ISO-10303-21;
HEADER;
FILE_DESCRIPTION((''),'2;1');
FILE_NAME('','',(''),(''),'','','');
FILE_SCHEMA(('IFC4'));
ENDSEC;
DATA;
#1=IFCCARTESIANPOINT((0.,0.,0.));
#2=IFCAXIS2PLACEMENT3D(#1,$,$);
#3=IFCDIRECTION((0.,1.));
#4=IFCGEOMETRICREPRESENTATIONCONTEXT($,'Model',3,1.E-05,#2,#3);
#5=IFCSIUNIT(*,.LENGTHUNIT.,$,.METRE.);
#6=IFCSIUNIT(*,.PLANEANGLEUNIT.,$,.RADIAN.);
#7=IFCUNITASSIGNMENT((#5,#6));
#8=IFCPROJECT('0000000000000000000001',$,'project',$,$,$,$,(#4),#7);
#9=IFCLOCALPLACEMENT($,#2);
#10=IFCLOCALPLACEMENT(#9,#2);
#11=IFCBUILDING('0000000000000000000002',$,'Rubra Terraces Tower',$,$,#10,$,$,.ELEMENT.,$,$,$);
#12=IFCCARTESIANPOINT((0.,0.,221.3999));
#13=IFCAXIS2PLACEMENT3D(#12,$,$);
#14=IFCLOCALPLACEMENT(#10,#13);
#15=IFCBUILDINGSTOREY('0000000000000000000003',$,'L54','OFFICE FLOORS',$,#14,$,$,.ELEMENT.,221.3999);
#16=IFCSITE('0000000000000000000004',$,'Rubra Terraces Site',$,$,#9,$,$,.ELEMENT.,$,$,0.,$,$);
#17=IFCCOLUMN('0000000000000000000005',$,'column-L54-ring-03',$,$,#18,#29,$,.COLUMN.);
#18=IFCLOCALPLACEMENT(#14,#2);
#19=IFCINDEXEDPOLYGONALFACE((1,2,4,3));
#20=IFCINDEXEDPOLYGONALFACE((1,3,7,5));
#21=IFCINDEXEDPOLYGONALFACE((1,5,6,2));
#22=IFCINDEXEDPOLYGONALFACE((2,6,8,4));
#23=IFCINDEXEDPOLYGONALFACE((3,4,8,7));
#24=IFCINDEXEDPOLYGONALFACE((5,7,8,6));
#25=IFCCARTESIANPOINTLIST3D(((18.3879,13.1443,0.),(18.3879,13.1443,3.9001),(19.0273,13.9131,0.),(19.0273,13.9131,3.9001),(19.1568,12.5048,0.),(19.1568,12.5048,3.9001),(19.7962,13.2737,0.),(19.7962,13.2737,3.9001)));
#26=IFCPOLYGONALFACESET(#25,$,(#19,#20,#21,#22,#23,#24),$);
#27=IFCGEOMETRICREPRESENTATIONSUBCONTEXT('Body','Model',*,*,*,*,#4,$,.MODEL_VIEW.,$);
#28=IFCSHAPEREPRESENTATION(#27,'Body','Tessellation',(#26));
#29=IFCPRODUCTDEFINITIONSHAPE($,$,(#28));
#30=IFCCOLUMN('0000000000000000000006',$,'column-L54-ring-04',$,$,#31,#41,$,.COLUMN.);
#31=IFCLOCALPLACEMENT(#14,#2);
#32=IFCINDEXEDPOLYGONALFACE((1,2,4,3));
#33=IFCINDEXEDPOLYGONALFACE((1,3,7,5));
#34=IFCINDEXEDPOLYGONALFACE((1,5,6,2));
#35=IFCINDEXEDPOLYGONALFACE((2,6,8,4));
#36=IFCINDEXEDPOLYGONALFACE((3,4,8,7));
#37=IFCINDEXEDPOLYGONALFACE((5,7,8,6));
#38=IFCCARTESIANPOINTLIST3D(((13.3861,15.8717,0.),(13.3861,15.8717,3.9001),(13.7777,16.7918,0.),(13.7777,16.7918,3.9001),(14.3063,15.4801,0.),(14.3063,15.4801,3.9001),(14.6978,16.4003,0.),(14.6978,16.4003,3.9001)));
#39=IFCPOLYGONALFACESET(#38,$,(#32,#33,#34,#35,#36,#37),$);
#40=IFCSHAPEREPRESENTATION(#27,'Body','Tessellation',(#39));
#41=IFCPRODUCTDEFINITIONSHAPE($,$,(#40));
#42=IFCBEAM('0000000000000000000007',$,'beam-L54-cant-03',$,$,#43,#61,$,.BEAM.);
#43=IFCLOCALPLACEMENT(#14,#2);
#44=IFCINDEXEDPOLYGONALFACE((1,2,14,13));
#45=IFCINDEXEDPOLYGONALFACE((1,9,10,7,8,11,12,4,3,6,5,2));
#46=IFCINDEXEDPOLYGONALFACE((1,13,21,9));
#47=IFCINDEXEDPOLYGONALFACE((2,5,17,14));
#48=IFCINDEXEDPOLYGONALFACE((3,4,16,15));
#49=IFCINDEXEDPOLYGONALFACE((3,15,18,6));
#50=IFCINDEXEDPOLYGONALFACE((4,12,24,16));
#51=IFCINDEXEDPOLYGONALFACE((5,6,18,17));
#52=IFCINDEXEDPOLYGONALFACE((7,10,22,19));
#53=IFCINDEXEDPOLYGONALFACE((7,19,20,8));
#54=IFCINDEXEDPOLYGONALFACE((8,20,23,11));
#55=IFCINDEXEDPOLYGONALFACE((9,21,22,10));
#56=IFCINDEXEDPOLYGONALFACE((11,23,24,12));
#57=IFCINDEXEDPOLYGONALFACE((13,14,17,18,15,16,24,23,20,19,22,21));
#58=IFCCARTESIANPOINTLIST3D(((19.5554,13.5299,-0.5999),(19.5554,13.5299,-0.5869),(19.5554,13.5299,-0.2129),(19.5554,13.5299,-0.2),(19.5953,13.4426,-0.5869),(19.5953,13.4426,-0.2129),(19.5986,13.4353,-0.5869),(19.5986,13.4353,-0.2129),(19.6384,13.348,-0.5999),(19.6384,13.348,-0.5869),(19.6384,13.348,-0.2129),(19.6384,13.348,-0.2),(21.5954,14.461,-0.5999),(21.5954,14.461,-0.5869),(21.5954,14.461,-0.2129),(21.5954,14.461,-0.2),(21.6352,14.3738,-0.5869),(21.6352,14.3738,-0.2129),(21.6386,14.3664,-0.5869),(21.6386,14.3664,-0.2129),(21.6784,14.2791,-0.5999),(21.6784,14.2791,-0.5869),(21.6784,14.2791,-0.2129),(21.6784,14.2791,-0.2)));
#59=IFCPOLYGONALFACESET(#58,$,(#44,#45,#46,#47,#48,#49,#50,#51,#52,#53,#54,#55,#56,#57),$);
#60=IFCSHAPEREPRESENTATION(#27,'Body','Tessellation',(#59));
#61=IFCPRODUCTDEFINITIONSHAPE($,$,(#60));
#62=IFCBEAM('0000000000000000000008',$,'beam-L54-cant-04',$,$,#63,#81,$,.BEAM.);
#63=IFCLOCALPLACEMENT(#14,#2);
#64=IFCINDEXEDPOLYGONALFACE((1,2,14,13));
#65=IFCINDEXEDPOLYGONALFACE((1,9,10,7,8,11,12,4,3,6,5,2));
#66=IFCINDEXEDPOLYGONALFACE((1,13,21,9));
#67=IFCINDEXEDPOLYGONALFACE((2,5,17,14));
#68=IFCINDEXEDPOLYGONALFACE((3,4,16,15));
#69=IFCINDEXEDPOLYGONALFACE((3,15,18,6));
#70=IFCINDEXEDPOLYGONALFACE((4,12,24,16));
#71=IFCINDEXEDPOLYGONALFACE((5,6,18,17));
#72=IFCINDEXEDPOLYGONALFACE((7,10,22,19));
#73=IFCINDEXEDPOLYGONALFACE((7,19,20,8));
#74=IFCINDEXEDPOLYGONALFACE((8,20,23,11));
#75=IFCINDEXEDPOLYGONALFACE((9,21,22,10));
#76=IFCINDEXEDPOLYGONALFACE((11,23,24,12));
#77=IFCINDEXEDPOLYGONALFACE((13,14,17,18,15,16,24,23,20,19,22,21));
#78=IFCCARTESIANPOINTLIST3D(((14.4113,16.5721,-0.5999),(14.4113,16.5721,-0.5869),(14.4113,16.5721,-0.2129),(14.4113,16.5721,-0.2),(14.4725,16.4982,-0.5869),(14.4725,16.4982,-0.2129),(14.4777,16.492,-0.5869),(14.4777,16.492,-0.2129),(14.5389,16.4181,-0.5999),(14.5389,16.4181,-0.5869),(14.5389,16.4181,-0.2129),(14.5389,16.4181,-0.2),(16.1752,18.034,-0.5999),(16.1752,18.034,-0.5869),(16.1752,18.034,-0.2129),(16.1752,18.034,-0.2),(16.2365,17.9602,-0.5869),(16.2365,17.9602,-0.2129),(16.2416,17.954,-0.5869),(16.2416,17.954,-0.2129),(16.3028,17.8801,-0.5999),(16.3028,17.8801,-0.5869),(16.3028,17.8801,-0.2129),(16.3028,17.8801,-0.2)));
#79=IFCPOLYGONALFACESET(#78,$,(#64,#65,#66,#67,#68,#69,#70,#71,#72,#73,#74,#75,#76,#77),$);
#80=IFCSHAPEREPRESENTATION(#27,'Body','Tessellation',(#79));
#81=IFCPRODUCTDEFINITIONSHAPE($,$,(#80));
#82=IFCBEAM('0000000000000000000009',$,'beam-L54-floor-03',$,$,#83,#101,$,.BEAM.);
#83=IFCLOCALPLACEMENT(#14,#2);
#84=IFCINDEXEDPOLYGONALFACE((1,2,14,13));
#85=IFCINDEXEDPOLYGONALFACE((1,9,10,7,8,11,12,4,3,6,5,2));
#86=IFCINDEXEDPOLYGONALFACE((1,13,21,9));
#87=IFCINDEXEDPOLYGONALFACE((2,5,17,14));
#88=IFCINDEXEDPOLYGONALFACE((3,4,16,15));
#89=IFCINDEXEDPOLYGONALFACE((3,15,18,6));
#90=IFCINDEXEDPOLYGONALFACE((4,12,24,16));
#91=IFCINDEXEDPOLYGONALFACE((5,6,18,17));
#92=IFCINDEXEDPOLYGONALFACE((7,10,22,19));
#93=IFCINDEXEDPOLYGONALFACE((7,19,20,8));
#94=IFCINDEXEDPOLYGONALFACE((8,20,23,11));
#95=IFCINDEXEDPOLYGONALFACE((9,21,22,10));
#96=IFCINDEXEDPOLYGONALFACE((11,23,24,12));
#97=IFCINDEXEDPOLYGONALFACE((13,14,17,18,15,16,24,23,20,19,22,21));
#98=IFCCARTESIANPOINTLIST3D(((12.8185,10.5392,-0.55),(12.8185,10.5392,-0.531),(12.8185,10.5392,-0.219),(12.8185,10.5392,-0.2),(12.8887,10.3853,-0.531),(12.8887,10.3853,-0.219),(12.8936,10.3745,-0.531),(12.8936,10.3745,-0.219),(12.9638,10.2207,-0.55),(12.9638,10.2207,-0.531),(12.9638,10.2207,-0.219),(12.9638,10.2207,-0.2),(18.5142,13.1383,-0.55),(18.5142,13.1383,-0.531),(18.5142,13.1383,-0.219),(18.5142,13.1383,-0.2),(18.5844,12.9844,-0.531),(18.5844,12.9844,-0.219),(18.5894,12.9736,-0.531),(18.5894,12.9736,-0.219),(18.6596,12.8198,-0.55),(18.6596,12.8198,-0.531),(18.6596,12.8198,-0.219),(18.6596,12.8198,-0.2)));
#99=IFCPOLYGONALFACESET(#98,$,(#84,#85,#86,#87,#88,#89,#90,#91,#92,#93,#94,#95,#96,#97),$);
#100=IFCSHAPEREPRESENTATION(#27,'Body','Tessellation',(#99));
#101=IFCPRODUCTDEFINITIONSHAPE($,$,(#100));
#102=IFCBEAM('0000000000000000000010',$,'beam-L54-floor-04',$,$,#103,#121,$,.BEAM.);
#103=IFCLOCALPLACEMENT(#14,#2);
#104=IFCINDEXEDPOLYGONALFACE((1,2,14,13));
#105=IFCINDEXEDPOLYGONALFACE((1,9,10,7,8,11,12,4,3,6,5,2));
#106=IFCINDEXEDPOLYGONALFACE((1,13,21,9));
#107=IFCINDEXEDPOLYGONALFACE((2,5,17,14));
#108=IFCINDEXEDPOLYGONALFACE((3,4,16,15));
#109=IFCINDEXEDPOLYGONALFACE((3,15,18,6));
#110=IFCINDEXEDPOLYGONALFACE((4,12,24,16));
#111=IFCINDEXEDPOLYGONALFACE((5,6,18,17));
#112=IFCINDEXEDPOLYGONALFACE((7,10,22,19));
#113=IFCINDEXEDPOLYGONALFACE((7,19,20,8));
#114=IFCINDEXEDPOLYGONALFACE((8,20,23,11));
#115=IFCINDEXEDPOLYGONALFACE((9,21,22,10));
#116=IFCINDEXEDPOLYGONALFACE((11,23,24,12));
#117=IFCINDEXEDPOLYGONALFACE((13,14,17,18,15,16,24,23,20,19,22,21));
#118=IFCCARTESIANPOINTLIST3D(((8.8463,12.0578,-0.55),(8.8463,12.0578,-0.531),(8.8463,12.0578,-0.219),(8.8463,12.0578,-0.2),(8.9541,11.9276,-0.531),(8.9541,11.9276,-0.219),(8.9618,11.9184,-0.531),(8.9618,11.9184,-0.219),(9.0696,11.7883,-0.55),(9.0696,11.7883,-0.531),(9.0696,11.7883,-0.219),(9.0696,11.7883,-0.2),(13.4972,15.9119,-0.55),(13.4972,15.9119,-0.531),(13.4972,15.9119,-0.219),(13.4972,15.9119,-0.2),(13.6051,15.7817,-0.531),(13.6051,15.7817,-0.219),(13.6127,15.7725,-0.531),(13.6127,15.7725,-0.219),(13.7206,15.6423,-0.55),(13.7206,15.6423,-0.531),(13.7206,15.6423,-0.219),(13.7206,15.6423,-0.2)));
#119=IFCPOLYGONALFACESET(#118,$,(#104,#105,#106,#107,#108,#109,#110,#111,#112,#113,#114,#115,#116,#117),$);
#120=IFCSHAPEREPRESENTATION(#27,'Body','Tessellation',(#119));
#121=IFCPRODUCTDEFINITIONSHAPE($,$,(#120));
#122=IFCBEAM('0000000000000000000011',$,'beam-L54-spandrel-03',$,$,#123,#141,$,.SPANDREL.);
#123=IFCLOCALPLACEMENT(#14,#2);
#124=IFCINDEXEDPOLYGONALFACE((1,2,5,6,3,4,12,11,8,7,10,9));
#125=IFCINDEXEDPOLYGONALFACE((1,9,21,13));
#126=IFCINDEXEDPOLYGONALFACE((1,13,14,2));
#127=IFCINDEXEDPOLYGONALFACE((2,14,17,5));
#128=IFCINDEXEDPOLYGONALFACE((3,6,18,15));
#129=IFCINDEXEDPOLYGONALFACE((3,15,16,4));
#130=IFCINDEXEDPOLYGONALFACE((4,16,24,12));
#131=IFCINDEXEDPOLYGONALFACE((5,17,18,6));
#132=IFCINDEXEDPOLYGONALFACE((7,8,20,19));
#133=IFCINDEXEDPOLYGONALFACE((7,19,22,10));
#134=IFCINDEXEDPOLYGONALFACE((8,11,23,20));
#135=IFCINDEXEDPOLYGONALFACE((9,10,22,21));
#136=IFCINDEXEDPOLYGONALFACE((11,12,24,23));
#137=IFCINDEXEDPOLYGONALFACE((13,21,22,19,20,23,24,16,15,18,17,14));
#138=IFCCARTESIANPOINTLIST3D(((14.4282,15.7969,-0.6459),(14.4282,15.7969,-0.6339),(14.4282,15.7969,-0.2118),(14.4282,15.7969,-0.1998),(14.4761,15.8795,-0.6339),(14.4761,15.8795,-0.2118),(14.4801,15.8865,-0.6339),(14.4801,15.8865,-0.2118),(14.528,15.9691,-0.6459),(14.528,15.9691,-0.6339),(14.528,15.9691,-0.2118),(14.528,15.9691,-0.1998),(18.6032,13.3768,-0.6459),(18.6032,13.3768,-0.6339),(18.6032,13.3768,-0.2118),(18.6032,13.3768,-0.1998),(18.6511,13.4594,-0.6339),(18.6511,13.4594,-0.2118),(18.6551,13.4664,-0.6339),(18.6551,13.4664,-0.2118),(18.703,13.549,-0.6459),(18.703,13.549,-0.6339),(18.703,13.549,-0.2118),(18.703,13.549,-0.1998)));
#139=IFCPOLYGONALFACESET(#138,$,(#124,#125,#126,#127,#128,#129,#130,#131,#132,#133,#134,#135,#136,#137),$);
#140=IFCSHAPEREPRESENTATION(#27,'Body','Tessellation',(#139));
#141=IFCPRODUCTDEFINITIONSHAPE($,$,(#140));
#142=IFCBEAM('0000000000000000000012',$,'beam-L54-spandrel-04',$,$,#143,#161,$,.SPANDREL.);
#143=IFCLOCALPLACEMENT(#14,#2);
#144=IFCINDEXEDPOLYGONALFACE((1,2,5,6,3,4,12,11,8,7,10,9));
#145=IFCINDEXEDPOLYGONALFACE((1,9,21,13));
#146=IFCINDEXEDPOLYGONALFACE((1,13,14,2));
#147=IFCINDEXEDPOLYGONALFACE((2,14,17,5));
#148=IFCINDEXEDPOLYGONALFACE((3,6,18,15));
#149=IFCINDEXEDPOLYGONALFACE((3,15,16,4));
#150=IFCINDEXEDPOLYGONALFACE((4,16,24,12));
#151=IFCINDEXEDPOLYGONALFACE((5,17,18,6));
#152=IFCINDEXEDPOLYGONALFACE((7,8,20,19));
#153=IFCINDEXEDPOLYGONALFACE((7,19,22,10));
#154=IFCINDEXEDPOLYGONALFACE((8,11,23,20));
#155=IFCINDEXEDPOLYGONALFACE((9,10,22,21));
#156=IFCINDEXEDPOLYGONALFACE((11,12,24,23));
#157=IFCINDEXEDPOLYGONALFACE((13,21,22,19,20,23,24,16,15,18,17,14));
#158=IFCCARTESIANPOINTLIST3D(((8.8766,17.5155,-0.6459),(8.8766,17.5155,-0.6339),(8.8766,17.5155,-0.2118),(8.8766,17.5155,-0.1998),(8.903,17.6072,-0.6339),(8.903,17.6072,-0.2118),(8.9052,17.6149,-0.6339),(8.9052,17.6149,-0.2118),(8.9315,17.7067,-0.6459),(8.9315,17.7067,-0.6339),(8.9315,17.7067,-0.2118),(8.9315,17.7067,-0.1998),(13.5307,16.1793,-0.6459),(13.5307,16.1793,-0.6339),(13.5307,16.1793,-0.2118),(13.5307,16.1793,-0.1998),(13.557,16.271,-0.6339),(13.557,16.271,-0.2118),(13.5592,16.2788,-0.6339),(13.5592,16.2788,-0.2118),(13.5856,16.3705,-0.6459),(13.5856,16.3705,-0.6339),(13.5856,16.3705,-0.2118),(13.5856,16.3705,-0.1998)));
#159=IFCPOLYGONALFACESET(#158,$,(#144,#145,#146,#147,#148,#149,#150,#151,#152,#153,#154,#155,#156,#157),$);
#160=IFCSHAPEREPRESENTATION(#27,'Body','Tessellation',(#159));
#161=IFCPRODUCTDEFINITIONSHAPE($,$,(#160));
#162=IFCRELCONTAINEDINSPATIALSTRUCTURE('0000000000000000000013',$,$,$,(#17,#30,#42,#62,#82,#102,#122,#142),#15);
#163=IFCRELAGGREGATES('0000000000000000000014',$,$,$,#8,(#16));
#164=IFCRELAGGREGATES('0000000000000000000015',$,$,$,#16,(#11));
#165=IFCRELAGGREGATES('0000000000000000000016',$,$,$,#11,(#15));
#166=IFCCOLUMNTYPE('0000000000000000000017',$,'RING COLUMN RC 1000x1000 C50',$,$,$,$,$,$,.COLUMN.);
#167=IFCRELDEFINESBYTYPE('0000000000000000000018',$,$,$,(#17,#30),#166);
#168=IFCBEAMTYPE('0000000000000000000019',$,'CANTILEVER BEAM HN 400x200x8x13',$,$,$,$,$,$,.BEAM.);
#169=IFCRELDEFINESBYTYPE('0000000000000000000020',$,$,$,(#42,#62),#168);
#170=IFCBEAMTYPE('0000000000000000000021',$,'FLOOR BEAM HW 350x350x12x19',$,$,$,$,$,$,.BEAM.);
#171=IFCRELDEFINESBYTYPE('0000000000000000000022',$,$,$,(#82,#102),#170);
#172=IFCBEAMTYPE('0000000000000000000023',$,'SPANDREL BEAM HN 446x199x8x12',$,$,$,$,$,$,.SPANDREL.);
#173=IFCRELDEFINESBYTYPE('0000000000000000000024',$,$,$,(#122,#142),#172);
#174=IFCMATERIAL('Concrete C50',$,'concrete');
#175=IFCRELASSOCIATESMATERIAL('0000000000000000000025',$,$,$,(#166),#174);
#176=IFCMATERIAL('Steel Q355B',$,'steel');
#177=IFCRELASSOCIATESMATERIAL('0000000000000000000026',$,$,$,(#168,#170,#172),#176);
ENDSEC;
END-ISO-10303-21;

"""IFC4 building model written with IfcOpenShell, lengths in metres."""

from ifc_helpers import new_model, si_unit, direction, frame, origin, origin_2d, place, context, subcontext, project, spatial, rectangle, i_section, extrude, material, material_profile, profile_set, type_object, element, save


model = new_model("IFC4")

# Units and contexts
model_context = context("Model", 3, precision=1e-05, world=origin(), true_north=direction((0.0, 1.0)))
body_context = subcontext(model_context, "Body", "Model", "MODEL_VIEW")
ifc_project = project(units=[si_unit("LENGTHUNIT", "METRE"), si_unit("PLANEANGLEUNIT", "RADIAN")], contexts=[model_context])

# Site, building, storey
site_placement = place(None, origin())
site = spatial("IfcSite", under=ifc_project, at=site_placement, Name="Rubra Terraces Site", CompositionType="ELEMENT", RefElevation=0.0)
building_placement = place(site_placement, origin())
building = spatial("IfcBuilding", under=site, at=building_placement, Name="Rubra Terraces Tower", CompositionType="ELEMENT")
storey_placement = place(building_placement, frame((0.0, 0.0, 221.3999)))
storey = spatial("IfcBuildingStorey", under=building, at=storey_placement, Name="L54", Description="OFFICE FLOORS", CompositionType="ELEMENT", Elevation=221.3999)

# Columns
ifc_material_1 = material(Name="Concrete C50", Category="concrete")
ifc_material_profile_1 = material_profile(ifc_material_1, rectangle(XDim=1.0, YDim=1.0, at=origin_2d()), Name="RC 1000x1000")
ifc_profile_set_1 = profile_set([ifc_material_profile_1], Name="Concrete C50")
column_type = type_object("IfcColumnType", Name="RING COLUMN RC 1000x1000 C50", PredefinedType="COLUMN", material=ifc_profile_set_1)
for number, where, z_axis, x_axis, name in (
    (1, (19.092, 13.209, 0.0), (0.0, 0.0, 1.0), (-0.76887, 0.639405, 0.0), "column-L54-ring-03"),
    (2, (14.042, 16.136, 0.0), (0.0, 0.0, 1.0), (-0.920168, 0.391524, 0.0), "column-L54-ring-04"),
):
    element("IfcColumn", number, at=place(storey_placement, frame(where, z_axis=z_axis, x_axis=x_axis)), inside=storey, type_object=column_type, Name=name, PredefinedType="COLUMN", context=body_context, shape_type="SweptSolid", body=[
        extrude(rectangle(XDim=1.0, YDim=1.0, at=origin_2d()), origin(), (0.0, 0.0, 1.0), 3.9001),
    ])

# Beams
ifc_material_2 = material(Name="Steel Q355B", Category="steel")
ifc_material_profile_2 = material_profile(ifc_material_2, i_section(OverallWidth=0.2, OverallDepth=0.3999, WebThickness=0.0081, FlangeThickness=0.0129, at=origin_2d()), Name="HN 400x200x8x13")
ifc_profile_set_2 = profile_set([ifc_material_profile_2], Name="Steel Q355B")
beam_type_1 = type_object("IfcBeamType", Name="CANTILEVER BEAM HN 400x200x8x13", PredefinedType="BEAM", material=ifc_profile_set_2)
beam_1_placement = place(storey_placement, frame((19.5969, 13.439, -0.3999), z_axis=(0.909717, 0.41523, 0.0), x_axis=(-0.41523, 0.909717, 0.0)))
element("IfcBeam", 3, at=beam_1_placement, inside=storey, type_object=beam_type_1, Name="beam-L54-cant-03", PredefinedType="BEAM", context=body_context, shape_type="SweptSolid", body=[
    extrude(i_section(OverallWidth=0.2, OverallDepth=0.3999, WebThickness=0.0081, FlangeThickness=0.0129, at=origin_2d()), origin(), (0.0, 0.0, 1.0), 2.2424),
])
beam_2_placement = place(storey_placement, frame((14.4751, 16.4951, -0.3999), z_axis=(0.769939, 0.638117, 0.0), x_axis=(-0.638117, 0.769939, 0.0)))
element("IfcBeam", 4, at=beam_2_placement, inside=storey, type_object=beam_type_1, Name="beam-L54-cant-04", PredefinedType="BEAM", context=body_context, shape_type="SweptSolid", body=[
    extrude(i_section(OverallWidth=0.2, OverallDepth=0.3999, WebThickness=0.0081, FlangeThickness=0.0129, at=origin_2d()), origin(), (0.0, 0.0, 1.0), 2.291),
])
ifc_material_profile_3 = material_profile(ifc_material_2, i_section(OverallWidth=0.3501, OverallDepth=0.3501, WebThickness=0.012, FlangeThickness=0.019, at=origin_2d()), Name="HW 350x350x12x19")
ifc_profile_set_3 = profile_set([ifc_material_profile_3], Name="Steel Q355B")
beam_type_2 = type_object("IfcBeamType", Name="FLOOR BEAM HW 350x350x12x19", PredefinedType="BEAM", material=ifc_profile_set_3)
beam_3_placement = place(storey_placement, frame((18.5869, 12.979, -0.375), z_axis=(-0.909757, -0.415142, 0.0), x_axis=(0.415142, -0.909757, 0.0)))
element("IfcBeam", 5, at=beam_3_placement, inside=storey, type_object=beam_type_2, Name="beam-L54-floor-03", PredefinedType="BEAM", context=body_context, shape_type="SweptSolid", body=[
    extrude(i_section(OverallWidth=0.3501, OverallDepth=0.3501, WebThickness=0.012, FlangeThickness=0.019, at=origin_2d()), origin(), (0.0, 0.0, 1.0), 6.2607),
])
beam_4_placement = place(storey_placement, frame((13.6089, 15.7771, -0.375), z_axis=(-0.769988, -0.638059, 0.0), x_axis=(0.638059, -0.769988, 0.0)))
element("IfcBeam", 6, at=beam_4_placement, inside=storey, type_object=beam_type_2, Name="beam-L54-floor-04", PredefinedType="BEAM", context=body_context, shape_type="SweptSolid", body=[
    extrude(i_section(OverallWidth=0.3501, OverallDepth=0.3501, WebThickness=0.012, FlangeThickness=0.019, at=origin_2d()), origin(), (0.0, 0.0, 1.0), 6.0403),
])
ifc_material_profile_4 = material_profile(ifc_material_2, i_section(OverallWidth=0.199, OverallDepth=0.446, WebThickness=0.0081, FlangeThickness=0.012, at=origin_2d()), Name="HN 446x199x8x12")
ifc_profile_set_4 = profile_set([ifc_material_profile_4], Name="Steel Q355B")
beam_type_3 = type_object("IfcBeamType", Name="SPANDREL BEAM HN 446x199x8x12", PredefinedType="SPANDREL", material=ifc_profile_set_4)
beam_5_placement = place(storey_placement, frame((18.6531, 13.4629, -0.4229), z_axis=(-0.865154, 0.501507, 0.0), x_axis=(-0.501507, -0.865154, 0.0)))
element("IfcBeam", 7, at=beam_5_placement, inside=storey, type_object=beam_type_3, Name="beam-L54-spandrel-03", PredefinedType="SPANDREL", context=body_context, shape_type="SweptSolid", body=[
    extrude(i_section(OverallWidth=0.199, OverallDepth=0.446, WebThickness=0.0081, FlangeThickness=0.012, at=origin_2d()), origin(), (0.0, 0.0, 1.0), 4.8257),
])
beam_6_placement = place(storey_placement, frame((13.5581, 16.2749, -0.4229), z_axis=(-0.961171, 0.275953, 0.0), x_axis=(-0.275953, -0.961171, 0.0)))
element("IfcBeam", 8, at=beam_6_placement, inside=storey, type_object=beam_type_3, Name="beam-L54-spandrel-04", PredefinedType="SPANDREL", context=body_context, shape_type="SweptSolid", body=[
    extrude(i_section(OverallWidth=0.199, OverallDepth=0.446, WebThickness=0.0081, FlangeThickness=0.012, at=origin_2d()), origin(), (0.0, 0.0, 1.0), 4.842),
])

save(model, "model.ifc")
